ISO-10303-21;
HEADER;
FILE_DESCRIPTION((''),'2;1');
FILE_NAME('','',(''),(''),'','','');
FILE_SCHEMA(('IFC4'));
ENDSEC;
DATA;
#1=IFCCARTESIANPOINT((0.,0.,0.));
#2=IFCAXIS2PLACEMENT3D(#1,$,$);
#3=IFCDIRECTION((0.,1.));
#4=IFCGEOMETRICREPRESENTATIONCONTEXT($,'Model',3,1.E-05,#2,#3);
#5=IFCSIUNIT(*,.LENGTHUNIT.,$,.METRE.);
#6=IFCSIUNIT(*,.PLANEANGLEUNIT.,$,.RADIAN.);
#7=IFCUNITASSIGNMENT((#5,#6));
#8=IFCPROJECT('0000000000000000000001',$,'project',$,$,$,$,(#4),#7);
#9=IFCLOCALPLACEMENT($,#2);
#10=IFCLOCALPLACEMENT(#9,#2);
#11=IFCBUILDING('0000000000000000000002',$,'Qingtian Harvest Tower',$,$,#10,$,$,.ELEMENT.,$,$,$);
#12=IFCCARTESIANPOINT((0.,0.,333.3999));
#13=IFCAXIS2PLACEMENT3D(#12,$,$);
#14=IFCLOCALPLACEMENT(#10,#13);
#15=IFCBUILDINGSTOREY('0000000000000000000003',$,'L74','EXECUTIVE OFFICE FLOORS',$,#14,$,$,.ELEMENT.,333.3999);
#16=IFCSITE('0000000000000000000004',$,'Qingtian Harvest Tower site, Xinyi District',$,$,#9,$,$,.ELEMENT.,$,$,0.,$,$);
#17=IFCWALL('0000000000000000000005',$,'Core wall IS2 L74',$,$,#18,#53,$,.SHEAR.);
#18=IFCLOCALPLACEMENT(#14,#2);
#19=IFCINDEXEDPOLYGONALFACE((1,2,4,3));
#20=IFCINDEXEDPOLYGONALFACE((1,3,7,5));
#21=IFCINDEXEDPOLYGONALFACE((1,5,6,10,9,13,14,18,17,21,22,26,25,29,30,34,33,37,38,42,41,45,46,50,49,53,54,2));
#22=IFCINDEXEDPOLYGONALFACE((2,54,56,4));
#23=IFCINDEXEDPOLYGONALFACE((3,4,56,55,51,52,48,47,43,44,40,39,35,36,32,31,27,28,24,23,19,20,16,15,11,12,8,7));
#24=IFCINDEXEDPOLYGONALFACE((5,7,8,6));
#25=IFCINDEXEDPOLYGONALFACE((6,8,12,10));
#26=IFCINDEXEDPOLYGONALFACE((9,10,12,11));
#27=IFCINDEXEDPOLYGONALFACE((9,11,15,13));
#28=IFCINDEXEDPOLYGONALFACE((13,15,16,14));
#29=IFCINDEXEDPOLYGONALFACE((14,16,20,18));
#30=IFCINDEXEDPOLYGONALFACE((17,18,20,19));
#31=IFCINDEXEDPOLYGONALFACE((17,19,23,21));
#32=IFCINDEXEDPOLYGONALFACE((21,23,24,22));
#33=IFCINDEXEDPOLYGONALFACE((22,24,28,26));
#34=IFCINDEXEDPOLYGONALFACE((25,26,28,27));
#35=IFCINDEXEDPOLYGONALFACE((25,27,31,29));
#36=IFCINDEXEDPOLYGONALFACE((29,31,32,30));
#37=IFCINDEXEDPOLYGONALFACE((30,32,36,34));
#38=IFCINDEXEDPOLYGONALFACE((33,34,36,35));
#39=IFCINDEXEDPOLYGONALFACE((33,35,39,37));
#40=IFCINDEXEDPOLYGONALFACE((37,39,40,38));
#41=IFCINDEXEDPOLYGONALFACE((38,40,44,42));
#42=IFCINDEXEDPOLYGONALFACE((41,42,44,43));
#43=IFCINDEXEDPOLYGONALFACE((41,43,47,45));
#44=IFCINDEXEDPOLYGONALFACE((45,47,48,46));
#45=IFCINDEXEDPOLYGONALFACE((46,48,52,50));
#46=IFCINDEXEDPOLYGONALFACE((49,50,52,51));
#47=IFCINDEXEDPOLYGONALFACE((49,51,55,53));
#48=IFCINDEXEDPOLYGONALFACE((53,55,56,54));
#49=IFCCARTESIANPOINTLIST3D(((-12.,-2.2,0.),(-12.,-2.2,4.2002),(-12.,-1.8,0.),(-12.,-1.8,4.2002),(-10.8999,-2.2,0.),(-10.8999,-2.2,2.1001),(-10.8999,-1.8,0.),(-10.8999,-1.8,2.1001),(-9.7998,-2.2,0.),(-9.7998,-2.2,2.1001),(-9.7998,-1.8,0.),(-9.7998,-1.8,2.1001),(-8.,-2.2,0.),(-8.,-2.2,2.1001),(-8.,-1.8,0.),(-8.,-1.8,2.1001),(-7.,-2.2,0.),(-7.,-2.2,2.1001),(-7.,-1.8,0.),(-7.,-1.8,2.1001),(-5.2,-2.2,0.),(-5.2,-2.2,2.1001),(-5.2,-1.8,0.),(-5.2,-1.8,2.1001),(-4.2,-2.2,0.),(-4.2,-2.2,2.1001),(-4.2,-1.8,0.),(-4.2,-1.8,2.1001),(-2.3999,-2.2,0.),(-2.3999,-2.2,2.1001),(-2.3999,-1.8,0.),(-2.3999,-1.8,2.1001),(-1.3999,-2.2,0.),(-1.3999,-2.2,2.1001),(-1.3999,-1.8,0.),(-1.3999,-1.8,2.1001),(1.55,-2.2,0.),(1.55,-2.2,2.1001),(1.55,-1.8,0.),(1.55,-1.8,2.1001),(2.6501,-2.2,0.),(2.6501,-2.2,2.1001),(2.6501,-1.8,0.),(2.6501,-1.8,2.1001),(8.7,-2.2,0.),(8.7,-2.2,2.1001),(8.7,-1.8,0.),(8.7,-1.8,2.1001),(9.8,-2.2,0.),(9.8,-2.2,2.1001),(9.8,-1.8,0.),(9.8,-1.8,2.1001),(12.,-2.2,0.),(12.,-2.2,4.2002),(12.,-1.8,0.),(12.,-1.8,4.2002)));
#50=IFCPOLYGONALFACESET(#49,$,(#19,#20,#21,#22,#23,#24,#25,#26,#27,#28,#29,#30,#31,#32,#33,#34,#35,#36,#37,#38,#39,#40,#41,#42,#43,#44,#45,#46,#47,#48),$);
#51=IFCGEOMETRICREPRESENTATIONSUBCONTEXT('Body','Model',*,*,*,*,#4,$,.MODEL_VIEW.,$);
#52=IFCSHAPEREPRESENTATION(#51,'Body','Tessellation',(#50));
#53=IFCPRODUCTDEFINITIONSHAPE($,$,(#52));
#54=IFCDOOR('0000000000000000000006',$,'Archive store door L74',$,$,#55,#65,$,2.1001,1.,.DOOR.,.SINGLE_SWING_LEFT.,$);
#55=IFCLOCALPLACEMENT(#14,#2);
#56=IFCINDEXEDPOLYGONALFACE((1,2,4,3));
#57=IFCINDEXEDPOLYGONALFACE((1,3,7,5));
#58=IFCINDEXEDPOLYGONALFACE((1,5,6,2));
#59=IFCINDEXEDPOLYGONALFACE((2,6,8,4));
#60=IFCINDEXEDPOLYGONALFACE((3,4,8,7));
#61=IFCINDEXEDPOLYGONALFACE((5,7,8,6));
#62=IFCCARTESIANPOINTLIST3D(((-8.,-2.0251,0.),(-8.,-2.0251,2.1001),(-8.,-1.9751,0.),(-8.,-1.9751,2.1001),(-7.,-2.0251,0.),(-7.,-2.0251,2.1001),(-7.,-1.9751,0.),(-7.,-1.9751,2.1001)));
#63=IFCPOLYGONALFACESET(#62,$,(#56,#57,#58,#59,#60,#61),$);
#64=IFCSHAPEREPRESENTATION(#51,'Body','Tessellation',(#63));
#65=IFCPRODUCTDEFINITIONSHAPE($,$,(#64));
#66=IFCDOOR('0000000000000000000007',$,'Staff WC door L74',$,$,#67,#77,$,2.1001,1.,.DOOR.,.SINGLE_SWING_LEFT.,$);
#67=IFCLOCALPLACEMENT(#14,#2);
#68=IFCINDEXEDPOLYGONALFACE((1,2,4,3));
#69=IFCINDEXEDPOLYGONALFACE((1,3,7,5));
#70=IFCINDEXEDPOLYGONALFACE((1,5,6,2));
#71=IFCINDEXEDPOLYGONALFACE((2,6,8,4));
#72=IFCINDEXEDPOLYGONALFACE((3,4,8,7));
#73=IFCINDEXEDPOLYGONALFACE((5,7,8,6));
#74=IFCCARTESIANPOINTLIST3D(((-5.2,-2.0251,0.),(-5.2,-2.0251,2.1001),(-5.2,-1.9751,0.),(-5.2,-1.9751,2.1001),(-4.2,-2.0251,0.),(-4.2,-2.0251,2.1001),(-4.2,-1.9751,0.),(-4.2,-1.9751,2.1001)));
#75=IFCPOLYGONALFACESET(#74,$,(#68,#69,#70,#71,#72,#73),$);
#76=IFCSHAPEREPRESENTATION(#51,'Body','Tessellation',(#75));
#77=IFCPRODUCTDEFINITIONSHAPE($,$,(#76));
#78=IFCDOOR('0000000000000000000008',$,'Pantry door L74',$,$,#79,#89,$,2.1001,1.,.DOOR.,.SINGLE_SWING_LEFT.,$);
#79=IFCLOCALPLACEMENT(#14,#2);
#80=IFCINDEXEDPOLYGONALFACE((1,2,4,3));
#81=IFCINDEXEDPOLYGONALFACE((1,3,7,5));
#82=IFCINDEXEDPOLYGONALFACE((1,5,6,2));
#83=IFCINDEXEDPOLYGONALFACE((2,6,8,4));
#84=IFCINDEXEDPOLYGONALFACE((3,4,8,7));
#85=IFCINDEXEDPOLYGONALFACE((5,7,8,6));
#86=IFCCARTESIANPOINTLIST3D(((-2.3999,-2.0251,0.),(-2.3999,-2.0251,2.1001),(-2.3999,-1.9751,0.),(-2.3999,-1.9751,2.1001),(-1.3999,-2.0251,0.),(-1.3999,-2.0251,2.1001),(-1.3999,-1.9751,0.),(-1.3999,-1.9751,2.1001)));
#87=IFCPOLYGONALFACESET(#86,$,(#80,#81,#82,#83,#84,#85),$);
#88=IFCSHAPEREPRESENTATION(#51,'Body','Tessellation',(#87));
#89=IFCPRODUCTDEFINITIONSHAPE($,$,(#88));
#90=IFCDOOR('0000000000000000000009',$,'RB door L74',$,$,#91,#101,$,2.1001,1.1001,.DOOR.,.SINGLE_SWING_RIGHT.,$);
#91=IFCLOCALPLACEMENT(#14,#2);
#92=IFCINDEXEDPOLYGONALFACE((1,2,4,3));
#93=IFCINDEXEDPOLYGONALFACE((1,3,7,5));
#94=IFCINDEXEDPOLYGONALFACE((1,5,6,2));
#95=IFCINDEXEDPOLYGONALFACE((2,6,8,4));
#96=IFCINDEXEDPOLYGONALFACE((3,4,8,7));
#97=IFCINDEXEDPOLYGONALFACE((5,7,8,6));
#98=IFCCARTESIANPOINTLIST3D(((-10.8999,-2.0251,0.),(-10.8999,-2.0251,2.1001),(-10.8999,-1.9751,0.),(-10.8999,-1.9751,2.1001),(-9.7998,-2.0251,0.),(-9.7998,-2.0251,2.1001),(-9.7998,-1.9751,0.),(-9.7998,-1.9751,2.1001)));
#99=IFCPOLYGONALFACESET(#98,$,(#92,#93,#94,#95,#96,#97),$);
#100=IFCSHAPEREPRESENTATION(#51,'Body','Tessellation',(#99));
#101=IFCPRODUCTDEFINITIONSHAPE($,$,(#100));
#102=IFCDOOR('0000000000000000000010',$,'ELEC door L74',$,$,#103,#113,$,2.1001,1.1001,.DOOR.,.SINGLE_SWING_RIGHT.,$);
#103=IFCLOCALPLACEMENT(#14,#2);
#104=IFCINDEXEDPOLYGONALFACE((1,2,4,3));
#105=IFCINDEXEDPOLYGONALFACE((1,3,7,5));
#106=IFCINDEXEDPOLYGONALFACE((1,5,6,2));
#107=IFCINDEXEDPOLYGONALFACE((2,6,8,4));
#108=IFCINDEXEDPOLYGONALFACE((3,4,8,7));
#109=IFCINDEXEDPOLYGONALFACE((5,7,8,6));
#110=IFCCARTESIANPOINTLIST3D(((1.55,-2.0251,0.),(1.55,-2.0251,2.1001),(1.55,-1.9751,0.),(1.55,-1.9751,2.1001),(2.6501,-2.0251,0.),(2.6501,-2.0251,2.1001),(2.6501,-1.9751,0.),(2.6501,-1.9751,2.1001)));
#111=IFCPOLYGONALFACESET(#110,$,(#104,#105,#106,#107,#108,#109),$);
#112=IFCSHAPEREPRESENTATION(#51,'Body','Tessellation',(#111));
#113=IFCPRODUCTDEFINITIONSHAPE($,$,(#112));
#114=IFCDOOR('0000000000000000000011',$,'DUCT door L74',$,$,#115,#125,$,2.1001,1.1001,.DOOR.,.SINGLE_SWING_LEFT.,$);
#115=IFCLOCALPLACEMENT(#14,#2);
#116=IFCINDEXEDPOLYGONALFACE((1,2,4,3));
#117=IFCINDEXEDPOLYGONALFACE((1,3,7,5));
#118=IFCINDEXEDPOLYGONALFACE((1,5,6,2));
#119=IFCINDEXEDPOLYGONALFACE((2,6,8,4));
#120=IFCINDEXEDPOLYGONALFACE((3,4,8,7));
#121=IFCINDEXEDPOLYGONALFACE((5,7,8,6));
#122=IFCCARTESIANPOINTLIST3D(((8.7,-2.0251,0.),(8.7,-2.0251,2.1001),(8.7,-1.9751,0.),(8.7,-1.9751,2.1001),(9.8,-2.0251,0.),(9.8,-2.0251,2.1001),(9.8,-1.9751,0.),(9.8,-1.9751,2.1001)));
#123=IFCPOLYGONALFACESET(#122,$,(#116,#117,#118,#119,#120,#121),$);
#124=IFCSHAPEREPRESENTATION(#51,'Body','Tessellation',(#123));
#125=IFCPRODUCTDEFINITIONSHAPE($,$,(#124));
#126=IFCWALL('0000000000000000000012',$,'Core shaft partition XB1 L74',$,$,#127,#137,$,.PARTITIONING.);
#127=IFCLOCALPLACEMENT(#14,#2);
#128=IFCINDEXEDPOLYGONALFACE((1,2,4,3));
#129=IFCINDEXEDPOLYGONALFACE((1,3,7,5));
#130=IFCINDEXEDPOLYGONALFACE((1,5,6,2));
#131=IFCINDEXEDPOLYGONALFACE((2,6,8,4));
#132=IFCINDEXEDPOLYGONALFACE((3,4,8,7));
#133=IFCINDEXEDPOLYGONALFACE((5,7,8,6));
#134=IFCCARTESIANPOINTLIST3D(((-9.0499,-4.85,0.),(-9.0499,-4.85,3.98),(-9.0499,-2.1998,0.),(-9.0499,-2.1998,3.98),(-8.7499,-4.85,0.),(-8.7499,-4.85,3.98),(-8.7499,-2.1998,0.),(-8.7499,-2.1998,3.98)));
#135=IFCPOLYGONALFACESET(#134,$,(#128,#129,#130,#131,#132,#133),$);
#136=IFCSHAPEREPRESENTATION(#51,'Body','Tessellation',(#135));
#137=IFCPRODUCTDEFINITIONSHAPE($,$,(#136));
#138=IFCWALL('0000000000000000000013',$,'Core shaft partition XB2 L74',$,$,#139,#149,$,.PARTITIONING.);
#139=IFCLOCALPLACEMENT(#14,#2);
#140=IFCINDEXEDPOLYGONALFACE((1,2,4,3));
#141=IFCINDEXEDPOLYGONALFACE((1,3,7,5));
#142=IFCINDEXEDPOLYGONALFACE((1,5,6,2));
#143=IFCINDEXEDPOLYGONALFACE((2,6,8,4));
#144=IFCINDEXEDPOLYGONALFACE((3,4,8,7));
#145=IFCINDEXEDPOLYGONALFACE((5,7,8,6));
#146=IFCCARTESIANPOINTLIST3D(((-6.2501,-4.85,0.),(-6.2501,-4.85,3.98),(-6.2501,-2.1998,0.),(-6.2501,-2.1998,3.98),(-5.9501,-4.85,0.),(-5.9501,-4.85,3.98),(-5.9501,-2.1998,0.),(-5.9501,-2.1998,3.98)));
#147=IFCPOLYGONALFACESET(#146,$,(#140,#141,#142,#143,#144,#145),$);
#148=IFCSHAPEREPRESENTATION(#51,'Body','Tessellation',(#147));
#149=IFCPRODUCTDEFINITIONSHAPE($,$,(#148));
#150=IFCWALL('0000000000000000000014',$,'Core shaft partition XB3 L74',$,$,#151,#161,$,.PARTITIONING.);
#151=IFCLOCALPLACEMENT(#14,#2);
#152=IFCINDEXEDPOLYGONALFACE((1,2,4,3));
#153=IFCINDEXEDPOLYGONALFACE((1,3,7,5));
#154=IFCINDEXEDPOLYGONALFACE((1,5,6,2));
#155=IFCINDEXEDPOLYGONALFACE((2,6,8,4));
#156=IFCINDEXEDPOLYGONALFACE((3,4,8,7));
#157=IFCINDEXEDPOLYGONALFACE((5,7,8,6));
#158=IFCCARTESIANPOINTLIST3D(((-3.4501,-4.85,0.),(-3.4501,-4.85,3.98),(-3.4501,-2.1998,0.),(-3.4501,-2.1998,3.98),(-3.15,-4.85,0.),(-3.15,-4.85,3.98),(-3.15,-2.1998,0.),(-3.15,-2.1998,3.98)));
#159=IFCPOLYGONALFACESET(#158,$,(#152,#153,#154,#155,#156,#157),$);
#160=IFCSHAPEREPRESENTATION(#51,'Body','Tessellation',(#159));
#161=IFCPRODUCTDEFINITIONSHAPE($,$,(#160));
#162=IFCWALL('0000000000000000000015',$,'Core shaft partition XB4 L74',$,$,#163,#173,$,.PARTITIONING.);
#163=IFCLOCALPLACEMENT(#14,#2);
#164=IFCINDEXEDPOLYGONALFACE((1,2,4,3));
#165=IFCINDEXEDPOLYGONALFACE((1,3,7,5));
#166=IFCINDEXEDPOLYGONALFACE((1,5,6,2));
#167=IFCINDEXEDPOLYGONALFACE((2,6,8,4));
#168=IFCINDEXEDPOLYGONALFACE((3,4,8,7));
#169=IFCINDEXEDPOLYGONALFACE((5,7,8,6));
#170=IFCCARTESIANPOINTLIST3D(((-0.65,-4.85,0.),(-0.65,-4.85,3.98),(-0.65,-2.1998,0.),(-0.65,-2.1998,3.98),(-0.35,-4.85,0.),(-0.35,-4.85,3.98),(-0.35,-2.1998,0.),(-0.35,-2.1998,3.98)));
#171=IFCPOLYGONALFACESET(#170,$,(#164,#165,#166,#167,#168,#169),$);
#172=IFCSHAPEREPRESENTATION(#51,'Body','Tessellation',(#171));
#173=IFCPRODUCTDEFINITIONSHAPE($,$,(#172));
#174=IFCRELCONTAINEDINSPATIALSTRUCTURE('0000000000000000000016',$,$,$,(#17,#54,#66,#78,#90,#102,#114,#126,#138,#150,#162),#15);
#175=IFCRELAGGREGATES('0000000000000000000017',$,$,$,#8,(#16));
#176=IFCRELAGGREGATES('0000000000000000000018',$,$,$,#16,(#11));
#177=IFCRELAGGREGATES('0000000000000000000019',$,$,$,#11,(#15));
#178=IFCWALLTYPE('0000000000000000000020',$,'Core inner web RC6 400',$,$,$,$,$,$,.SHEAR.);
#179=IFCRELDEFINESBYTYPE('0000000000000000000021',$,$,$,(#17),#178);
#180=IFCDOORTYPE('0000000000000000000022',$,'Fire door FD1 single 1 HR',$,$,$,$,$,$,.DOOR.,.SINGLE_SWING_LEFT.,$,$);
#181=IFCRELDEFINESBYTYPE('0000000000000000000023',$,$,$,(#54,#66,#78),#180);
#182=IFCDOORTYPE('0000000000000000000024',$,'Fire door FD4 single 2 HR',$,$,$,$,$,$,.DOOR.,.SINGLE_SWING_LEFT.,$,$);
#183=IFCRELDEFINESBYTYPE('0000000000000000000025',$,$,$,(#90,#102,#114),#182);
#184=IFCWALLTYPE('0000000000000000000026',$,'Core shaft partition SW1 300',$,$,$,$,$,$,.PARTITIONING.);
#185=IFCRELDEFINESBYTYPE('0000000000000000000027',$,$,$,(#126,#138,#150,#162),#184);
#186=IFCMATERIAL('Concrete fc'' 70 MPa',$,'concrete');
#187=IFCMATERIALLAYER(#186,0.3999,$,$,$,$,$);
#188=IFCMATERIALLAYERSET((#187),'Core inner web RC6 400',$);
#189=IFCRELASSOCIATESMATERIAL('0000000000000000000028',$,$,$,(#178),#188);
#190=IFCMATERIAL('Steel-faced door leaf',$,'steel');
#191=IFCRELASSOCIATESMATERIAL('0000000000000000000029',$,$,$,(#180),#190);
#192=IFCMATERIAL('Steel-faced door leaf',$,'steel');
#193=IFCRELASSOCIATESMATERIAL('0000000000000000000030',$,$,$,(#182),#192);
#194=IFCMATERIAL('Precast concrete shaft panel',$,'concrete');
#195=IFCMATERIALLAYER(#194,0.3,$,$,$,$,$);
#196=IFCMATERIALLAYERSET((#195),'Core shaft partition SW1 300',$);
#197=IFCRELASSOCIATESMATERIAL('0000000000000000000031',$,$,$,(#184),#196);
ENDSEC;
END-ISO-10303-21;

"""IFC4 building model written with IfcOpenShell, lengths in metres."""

from ifc_helpers import new_model, si_unit, direction, frame, frame_2d, origin, place, context, subcontext, project, spatial, rectangle, extrude, material, layer, layer_set, type_object, element, fill, save


model = new_model("IFC4")

# Units and contexts
model_context = context("Model", 3, precision=1e-05, world=origin(), true_north=direction((0.0, 1.0)))
body_context = subcontext(model_context, "Body", "Model", "MODEL_VIEW")
ifc_project = project(units=[si_unit("LENGTHUNIT", "METRE"), si_unit("PLANEANGLEUNIT", "RADIAN")], contexts=[model_context])

# Site, building, storey
site_placement = place(None, origin())
site = spatial("IfcSite", under=ifc_project, at=site_placement, Name="Qingtian Harvest Tower site, Xinyi District", CompositionType="ELEMENT", RefElevation=0.0)
building_placement = place(site_placement, origin())
building = spatial("IfcBuilding", under=site, at=building_placement, Name="Qingtian Harvest Tower", CompositionType="ELEMENT")
storey_placement = place(building_placement, frame((0.0, 0.0, 333.3999)))
storey = spatial("IfcBuildingStorey", under=building, at=storey_placement, Name="L74", Description="EXECUTIVE OFFICE FLOORS", CompositionType="ELEMENT", Elevation=333.3999)

# Wall, openings, doors
ifc_material_1 = material(Name="Concrete fc' 70 MPa", Category="concrete")
ifc_layer_1 = layer(ifc_material_1, 0.3999)
ifc_layer_set_1 = layer_set([ifc_layer_1], Name="Core inner web RC6 400")
wall_type_1 = type_object("IfcWallType", Name="Core inner web RC6 400", PredefinedType="SHEAR", material=ifc_layer_set_1)
wall_1_placement = place(storey_placement, frame((-12.0, -2.0, 0.0), z_axis=(0.0, 0.0, 1.0), x_axis=(1.0, 0.0, 0.0)))
wall_1 = element("IfcWall", 1, at=wall_1_placement, inside=storey, type_object=wall_type_1, Name="Core wall IS2 L74", PredefinedType="SHEAR", context=body_context, shape_type="SweptSolid", body=[
    extrude(rectangle(XDim=24.0, YDim=0.3999, at=frame_2d((12.0, 0.0))), origin(), (0.0, 0.0, 1.0), 4.2002),
])
opening_1_placement = place(wall_1_placement, frame((1.1001, 0.0, 0.0)))
opening_1 = element("IfcOpeningElement", 2, at=opening_1_placement, cuts=wall_1, PredefinedType="OPENING", context=body_context, shape_type="SweptSolid", body=[
    extrude(rectangle(XDim=1.1001, YDim=2.1001, at=frame_2d((0.55, 1.05))), frame((0.0, 0.21, 0.0), z_axis=(0.0, -1.0, 0.0), x_axis=(1.0, 0.0, 0.0)), (0.0, 0.0, 1.0), 0.4199),
])
opening_2_placement = place(wall_1_placement, frame((13.55, 0.0, 0.0)))
opening_2 = element("IfcOpeningElement", 3, at=opening_2_placement, cuts=wall_1, PredefinedType="OPENING", context=body_context, shape_type="SweptSolid", body=[
    extrude(rectangle(XDim=1.1001, YDim=2.1001, at=frame_2d((0.55, 1.05))), frame((0.0, 0.21, 0.0), z_axis=(0.0, -1.0, 0.0), x_axis=(1.0, 0.0, 0.0)), (0.0, 0.0, 1.0), 0.4199),
])
opening_3_placement = place(wall_1_placement, frame((20.7, 0.0, 0.0)))
opening_3 = element("IfcOpeningElement", 4, at=opening_3_placement, cuts=wall_1, PredefinedType="OPENING", context=body_context, shape_type="SweptSolid", body=[
    extrude(rectangle(XDim=1.1001, YDim=2.1001, at=frame_2d((0.55, 1.05))), frame((0.0, 0.21, 0.0), z_axis=(0.0, -1.0, 0.0), x_axis=(1.0, 0.0, 0.0)), (0.0, 0.0, 1.0), 0.4199),
])
opening_4_placement = place(wall_1_placement, frame((4.0, 0.0, 0.0)))
opening_4 = element("IfcOpeningElement", 5, at=opening_4_placement, cuts=wall_1, PredefinedType="OPENING", context=body_context, shape_type="SweptSolid", body=[
    extrude(rectangle(XDim=1.0, YDim=2.1001, at=frame_2d((0.5, 1.05))), frame((0.0, 0.21, 0.0), z_axis=(0.0, -1.0, 0.0), x_axis=(1.0, 0.0, 0.0)), (0.0, 0.0, 1.0), 0.4199),
])
opening_5_placement = place(wall_1_placement, frame((6.8, 0.0, 0.0)))
opening_5 = element("IfcOpeningElement", 6, at=opening_5_placement, cuts=wall_1, PredefinedType="OPENING", context=body_context, shape_type="SweptSolid", body=[
    extrude(rectangle(XDim=1.0, YDim=2.1001, at=frame_2d((0.5, 1.05))), frame((0.0, 0.21, 0.0), z_axis=(0.0, -1.0, 0.0), x_axis=(1.0, 0.0, 0.0)), (0.0, 0.0, 1.0), 0.4199),
])
opening_6_placement = place(wall_1_placement, frame((9.6001, 0.0, 0.0)))
opening_6 = element("IfcOpeningElement", 7, at=opening_6_placement, cuts=wall_1, PredefinedType="OPENING", context=body_context, shape_type="SweptSolid", body=[
    extrude(rectangle(XDim=1.0, YDim=2.1001, at=frame_2d((0.5, 1.05))), frame((0.0, 0.21, 0.0), z_axis=(0.0, -1.0, 0.0), x_axis=(1.0, 0.0, 0.0)), (0.0, 0.0, 1.0), 0.4199),
])
ifc_material_2 = material(Name="Steel-faced door leaf", Category="steel")
door_type_1 = type_object("IfcDoorType", Name="Fire door FD1 single 1 HR", OperationType="SINGLE_SWING_LEFT", PredefinedType="DOOR", material=ifc_material_2)
door_1_placement = place(opening_4_placement, origin())
door_1 = element("IfcDoor", 8, at=door_1_placement, inside=storey, type_object=door_type_1, Name="Archive store door L74", OperationType="SINGLE_SWING_LEFT", OverallHeight=2.1001, OverallWidth=1.0, PredefinedType="DOOR", context=body_context, shape_type="SweptSolid", body=[
    extrude(rectangle(XDim=1.0, YDim=2.1001, at=frame_2d((0.5, 1.05))), frame((0.0, 0.0249, 0.0), z_axis=(0.0, -1.0, 0.0), x_axis=(1.0, 0.0, 0.0)), (0.0, 0.0, 1.0), 0.05),
])
fill(opening_4, door_1)
door_2_placement = place(opening_5_placement, origin())
door_2 = element("IfcDoor", 9, at=door_2_placement, inside=storey, type_object=door_type_1, Name="Staff WC door L74", OperationType="SINGLE_SWING_LEFT", OverallHeight=2.1001, OverallWidth=1.0, PredefinedType="DOOR", context=body_context, shape_type="SweptSolid", body=[
    extrude(rectangle(XDim=1.0, YDim=2.1001, at=frame_2d((0.5, 1.05))), frame((0.0, 0.0249, 0.0), z_axis=(0.0, -1.0, 0.0), x_axis=(1.0, 0.0, 0.0)), (0.0, 0.0, 1.0), 0.05),
])
fill(opening_5, door_2)
door_3_placement = place(opening_6_placement, origin())
door_3 = element("IfcDoor", 10, at=door_3_placement, inside=storey, type_object=door_type_1, Name="Pantry door L74", OperationType="SINGLE_SWING_LEFT", OverallHeight=2.1001, OverallWidth=1.0, PredefinedType="DOOR", context=body_context, shape_type="SweptSolid", body=[
    extrude(rectangle(XDim=1.0, YDim=2.1001, at=frame_2d((0.5, 1.05))), frame((0.0, 0.0249, 0.0), z_axis=(0.0, -1.0, 0.0), x_axis=(1.0, 0.0, 0.0)), (0.0, 0.0, 1.0), 0.05),
])
fill(opening_6, door_3)
ifc_material_3 = material(Name="Steel-faced door leaf", Category="steel")
door_type_2 = type_object("IfcDoorType", Name="Fire door FD4 single 2 HR", OperationType="SINGLE_SWING_LEFT", PredefinedType="DOOR", material=ifc_material_3)
door_4_placement = place(opening_1_placement, origin())
door_4 = element("IfcDoor", 11, at=door_4_placement, inside=storey, type_object=door_type_2, Name="RB door L74", OperationType="SINGLE_SWING_RIGHT", OverallHeight=2.1001, OverallWidth=1.1001, PredefinedType="DOOR", context=body_context, shape_type="SweptSolid", body=[
    extrude(rectangle(XDim=1.1001, YDim=2.1001, at=frame_2d((0.55, 1.05))), frame((0.0, 0.0249, 0.0), z_axis=(0.0, -1.0, 0.0), x_axis=(1.0, 0.0, 0.0)), (0.0, 0.0, 1.0), 0.05),
])
fill(opening_1, door_4)
door_5_placement = place(opening_2_placement, origin())
door_5 = element("IfcDoor", 12, at=door_5_placement, inside=storey, type_object=door_type_2, Name="ELEC door L74", OperationType="SINGLE_SWING_RIGHT", OverallHeight=2.1001, OverallWidth=1.1001, PredefinedType="DOOR", context=body_context, shape_type="SweptSolid", body=[
    extrude(rectangle(XDim=1.1001, YDim=2.1001, at=frame_2d((0.55, 1.05))), frame((0.0, 0.0249, 0.0), z_axis=(0.0, -1.0, 0.0), x_axis=(1.0, 0.0, 0.0)), (0.0, 0.0, 1.0), 0.05),
])
fill(opening_2, door_5)
door_6_placement = place(opening_3_placement, origin())
door_6 = element("IfcDoor", 13, at=door_6_placement, inside=storey, type_object=door_type_2, Name="DUCT door L74", OperationType="SINGLE_SWING_LEFT", OverallHeight=2.1001, OverallWidth=1.1001, PredefinedType="DOOR", context=body_context, shape_type="SweptSolid", body=[
    extrude(rectangle(XDim=1.1001, YDim=2.1001, at=frame_2d((0.55, 1.05))), frame((0.0, 0.0249, 0.0), z_axis=(0.0, -1.0, 0.0), x_axis=(1.0, 0.0, 0.0)), (0.0, 0.0, 1.0), 0.05),
])
fill(opening_3, door_6)

# Walls
ifc_material_4 = material(Name="Precast concrete shaft panel", Category="concrete")
ifc_layer_2 = layer(ifc_material_4, 0.3)
ifc_layer_set_2 = layer_set([ifc_layer_2], Name="Core shaft partition SW1 300")
wall_type_2 = type_object("IfcWallType", Name="Core shaft partition SW1 300", PredefinedType="PARTITIONING", material=ifc_layer_set_2)
for number, where, z_axis, x_axis, name in (
    (14, (-8.8999, -4.8501, 0.0), (0.0, 0.0, 1.0), (0.0, 1.0, 0.0), "Core shaft partition XB1 L74"),
    (15, (-6.1001, -4.8501, 0.0), (0.0, 0.0, 1.0), (0.0, 1.0, 0.0), "Core shaft partition XB2 L74"),
    (16, (-3.3, -4.8501, 0.0), (0.0, 0.0, 1.0), (0.0, 1.0, 0.0), "Core shaft partition XB3 L74"),
    (17, (-0.5, -4.8501, 0.0), (0.0, 0.0, 1.0), (0.0, 1.0, 0.0), "Core shaft partition XB4 L74"),
):
    element("IfcWall", number, at=place(storey_placement, frame(where, z_axis=z_axis, x_axis=x_axis)), inside=storey, type_object=wall_type_2, Name=name, PredefinedType="PARTITIONING", context=body_context, shape_type="SweptSolid", body=[
        extrude(rectangle(XDim=2.6501, YDim=0.3, at=frame_2d((1.3252, 0.0))), origin(), (0.0, 0.0, 1.0), 3.98),
    ])

save(model, "model.ifc")
